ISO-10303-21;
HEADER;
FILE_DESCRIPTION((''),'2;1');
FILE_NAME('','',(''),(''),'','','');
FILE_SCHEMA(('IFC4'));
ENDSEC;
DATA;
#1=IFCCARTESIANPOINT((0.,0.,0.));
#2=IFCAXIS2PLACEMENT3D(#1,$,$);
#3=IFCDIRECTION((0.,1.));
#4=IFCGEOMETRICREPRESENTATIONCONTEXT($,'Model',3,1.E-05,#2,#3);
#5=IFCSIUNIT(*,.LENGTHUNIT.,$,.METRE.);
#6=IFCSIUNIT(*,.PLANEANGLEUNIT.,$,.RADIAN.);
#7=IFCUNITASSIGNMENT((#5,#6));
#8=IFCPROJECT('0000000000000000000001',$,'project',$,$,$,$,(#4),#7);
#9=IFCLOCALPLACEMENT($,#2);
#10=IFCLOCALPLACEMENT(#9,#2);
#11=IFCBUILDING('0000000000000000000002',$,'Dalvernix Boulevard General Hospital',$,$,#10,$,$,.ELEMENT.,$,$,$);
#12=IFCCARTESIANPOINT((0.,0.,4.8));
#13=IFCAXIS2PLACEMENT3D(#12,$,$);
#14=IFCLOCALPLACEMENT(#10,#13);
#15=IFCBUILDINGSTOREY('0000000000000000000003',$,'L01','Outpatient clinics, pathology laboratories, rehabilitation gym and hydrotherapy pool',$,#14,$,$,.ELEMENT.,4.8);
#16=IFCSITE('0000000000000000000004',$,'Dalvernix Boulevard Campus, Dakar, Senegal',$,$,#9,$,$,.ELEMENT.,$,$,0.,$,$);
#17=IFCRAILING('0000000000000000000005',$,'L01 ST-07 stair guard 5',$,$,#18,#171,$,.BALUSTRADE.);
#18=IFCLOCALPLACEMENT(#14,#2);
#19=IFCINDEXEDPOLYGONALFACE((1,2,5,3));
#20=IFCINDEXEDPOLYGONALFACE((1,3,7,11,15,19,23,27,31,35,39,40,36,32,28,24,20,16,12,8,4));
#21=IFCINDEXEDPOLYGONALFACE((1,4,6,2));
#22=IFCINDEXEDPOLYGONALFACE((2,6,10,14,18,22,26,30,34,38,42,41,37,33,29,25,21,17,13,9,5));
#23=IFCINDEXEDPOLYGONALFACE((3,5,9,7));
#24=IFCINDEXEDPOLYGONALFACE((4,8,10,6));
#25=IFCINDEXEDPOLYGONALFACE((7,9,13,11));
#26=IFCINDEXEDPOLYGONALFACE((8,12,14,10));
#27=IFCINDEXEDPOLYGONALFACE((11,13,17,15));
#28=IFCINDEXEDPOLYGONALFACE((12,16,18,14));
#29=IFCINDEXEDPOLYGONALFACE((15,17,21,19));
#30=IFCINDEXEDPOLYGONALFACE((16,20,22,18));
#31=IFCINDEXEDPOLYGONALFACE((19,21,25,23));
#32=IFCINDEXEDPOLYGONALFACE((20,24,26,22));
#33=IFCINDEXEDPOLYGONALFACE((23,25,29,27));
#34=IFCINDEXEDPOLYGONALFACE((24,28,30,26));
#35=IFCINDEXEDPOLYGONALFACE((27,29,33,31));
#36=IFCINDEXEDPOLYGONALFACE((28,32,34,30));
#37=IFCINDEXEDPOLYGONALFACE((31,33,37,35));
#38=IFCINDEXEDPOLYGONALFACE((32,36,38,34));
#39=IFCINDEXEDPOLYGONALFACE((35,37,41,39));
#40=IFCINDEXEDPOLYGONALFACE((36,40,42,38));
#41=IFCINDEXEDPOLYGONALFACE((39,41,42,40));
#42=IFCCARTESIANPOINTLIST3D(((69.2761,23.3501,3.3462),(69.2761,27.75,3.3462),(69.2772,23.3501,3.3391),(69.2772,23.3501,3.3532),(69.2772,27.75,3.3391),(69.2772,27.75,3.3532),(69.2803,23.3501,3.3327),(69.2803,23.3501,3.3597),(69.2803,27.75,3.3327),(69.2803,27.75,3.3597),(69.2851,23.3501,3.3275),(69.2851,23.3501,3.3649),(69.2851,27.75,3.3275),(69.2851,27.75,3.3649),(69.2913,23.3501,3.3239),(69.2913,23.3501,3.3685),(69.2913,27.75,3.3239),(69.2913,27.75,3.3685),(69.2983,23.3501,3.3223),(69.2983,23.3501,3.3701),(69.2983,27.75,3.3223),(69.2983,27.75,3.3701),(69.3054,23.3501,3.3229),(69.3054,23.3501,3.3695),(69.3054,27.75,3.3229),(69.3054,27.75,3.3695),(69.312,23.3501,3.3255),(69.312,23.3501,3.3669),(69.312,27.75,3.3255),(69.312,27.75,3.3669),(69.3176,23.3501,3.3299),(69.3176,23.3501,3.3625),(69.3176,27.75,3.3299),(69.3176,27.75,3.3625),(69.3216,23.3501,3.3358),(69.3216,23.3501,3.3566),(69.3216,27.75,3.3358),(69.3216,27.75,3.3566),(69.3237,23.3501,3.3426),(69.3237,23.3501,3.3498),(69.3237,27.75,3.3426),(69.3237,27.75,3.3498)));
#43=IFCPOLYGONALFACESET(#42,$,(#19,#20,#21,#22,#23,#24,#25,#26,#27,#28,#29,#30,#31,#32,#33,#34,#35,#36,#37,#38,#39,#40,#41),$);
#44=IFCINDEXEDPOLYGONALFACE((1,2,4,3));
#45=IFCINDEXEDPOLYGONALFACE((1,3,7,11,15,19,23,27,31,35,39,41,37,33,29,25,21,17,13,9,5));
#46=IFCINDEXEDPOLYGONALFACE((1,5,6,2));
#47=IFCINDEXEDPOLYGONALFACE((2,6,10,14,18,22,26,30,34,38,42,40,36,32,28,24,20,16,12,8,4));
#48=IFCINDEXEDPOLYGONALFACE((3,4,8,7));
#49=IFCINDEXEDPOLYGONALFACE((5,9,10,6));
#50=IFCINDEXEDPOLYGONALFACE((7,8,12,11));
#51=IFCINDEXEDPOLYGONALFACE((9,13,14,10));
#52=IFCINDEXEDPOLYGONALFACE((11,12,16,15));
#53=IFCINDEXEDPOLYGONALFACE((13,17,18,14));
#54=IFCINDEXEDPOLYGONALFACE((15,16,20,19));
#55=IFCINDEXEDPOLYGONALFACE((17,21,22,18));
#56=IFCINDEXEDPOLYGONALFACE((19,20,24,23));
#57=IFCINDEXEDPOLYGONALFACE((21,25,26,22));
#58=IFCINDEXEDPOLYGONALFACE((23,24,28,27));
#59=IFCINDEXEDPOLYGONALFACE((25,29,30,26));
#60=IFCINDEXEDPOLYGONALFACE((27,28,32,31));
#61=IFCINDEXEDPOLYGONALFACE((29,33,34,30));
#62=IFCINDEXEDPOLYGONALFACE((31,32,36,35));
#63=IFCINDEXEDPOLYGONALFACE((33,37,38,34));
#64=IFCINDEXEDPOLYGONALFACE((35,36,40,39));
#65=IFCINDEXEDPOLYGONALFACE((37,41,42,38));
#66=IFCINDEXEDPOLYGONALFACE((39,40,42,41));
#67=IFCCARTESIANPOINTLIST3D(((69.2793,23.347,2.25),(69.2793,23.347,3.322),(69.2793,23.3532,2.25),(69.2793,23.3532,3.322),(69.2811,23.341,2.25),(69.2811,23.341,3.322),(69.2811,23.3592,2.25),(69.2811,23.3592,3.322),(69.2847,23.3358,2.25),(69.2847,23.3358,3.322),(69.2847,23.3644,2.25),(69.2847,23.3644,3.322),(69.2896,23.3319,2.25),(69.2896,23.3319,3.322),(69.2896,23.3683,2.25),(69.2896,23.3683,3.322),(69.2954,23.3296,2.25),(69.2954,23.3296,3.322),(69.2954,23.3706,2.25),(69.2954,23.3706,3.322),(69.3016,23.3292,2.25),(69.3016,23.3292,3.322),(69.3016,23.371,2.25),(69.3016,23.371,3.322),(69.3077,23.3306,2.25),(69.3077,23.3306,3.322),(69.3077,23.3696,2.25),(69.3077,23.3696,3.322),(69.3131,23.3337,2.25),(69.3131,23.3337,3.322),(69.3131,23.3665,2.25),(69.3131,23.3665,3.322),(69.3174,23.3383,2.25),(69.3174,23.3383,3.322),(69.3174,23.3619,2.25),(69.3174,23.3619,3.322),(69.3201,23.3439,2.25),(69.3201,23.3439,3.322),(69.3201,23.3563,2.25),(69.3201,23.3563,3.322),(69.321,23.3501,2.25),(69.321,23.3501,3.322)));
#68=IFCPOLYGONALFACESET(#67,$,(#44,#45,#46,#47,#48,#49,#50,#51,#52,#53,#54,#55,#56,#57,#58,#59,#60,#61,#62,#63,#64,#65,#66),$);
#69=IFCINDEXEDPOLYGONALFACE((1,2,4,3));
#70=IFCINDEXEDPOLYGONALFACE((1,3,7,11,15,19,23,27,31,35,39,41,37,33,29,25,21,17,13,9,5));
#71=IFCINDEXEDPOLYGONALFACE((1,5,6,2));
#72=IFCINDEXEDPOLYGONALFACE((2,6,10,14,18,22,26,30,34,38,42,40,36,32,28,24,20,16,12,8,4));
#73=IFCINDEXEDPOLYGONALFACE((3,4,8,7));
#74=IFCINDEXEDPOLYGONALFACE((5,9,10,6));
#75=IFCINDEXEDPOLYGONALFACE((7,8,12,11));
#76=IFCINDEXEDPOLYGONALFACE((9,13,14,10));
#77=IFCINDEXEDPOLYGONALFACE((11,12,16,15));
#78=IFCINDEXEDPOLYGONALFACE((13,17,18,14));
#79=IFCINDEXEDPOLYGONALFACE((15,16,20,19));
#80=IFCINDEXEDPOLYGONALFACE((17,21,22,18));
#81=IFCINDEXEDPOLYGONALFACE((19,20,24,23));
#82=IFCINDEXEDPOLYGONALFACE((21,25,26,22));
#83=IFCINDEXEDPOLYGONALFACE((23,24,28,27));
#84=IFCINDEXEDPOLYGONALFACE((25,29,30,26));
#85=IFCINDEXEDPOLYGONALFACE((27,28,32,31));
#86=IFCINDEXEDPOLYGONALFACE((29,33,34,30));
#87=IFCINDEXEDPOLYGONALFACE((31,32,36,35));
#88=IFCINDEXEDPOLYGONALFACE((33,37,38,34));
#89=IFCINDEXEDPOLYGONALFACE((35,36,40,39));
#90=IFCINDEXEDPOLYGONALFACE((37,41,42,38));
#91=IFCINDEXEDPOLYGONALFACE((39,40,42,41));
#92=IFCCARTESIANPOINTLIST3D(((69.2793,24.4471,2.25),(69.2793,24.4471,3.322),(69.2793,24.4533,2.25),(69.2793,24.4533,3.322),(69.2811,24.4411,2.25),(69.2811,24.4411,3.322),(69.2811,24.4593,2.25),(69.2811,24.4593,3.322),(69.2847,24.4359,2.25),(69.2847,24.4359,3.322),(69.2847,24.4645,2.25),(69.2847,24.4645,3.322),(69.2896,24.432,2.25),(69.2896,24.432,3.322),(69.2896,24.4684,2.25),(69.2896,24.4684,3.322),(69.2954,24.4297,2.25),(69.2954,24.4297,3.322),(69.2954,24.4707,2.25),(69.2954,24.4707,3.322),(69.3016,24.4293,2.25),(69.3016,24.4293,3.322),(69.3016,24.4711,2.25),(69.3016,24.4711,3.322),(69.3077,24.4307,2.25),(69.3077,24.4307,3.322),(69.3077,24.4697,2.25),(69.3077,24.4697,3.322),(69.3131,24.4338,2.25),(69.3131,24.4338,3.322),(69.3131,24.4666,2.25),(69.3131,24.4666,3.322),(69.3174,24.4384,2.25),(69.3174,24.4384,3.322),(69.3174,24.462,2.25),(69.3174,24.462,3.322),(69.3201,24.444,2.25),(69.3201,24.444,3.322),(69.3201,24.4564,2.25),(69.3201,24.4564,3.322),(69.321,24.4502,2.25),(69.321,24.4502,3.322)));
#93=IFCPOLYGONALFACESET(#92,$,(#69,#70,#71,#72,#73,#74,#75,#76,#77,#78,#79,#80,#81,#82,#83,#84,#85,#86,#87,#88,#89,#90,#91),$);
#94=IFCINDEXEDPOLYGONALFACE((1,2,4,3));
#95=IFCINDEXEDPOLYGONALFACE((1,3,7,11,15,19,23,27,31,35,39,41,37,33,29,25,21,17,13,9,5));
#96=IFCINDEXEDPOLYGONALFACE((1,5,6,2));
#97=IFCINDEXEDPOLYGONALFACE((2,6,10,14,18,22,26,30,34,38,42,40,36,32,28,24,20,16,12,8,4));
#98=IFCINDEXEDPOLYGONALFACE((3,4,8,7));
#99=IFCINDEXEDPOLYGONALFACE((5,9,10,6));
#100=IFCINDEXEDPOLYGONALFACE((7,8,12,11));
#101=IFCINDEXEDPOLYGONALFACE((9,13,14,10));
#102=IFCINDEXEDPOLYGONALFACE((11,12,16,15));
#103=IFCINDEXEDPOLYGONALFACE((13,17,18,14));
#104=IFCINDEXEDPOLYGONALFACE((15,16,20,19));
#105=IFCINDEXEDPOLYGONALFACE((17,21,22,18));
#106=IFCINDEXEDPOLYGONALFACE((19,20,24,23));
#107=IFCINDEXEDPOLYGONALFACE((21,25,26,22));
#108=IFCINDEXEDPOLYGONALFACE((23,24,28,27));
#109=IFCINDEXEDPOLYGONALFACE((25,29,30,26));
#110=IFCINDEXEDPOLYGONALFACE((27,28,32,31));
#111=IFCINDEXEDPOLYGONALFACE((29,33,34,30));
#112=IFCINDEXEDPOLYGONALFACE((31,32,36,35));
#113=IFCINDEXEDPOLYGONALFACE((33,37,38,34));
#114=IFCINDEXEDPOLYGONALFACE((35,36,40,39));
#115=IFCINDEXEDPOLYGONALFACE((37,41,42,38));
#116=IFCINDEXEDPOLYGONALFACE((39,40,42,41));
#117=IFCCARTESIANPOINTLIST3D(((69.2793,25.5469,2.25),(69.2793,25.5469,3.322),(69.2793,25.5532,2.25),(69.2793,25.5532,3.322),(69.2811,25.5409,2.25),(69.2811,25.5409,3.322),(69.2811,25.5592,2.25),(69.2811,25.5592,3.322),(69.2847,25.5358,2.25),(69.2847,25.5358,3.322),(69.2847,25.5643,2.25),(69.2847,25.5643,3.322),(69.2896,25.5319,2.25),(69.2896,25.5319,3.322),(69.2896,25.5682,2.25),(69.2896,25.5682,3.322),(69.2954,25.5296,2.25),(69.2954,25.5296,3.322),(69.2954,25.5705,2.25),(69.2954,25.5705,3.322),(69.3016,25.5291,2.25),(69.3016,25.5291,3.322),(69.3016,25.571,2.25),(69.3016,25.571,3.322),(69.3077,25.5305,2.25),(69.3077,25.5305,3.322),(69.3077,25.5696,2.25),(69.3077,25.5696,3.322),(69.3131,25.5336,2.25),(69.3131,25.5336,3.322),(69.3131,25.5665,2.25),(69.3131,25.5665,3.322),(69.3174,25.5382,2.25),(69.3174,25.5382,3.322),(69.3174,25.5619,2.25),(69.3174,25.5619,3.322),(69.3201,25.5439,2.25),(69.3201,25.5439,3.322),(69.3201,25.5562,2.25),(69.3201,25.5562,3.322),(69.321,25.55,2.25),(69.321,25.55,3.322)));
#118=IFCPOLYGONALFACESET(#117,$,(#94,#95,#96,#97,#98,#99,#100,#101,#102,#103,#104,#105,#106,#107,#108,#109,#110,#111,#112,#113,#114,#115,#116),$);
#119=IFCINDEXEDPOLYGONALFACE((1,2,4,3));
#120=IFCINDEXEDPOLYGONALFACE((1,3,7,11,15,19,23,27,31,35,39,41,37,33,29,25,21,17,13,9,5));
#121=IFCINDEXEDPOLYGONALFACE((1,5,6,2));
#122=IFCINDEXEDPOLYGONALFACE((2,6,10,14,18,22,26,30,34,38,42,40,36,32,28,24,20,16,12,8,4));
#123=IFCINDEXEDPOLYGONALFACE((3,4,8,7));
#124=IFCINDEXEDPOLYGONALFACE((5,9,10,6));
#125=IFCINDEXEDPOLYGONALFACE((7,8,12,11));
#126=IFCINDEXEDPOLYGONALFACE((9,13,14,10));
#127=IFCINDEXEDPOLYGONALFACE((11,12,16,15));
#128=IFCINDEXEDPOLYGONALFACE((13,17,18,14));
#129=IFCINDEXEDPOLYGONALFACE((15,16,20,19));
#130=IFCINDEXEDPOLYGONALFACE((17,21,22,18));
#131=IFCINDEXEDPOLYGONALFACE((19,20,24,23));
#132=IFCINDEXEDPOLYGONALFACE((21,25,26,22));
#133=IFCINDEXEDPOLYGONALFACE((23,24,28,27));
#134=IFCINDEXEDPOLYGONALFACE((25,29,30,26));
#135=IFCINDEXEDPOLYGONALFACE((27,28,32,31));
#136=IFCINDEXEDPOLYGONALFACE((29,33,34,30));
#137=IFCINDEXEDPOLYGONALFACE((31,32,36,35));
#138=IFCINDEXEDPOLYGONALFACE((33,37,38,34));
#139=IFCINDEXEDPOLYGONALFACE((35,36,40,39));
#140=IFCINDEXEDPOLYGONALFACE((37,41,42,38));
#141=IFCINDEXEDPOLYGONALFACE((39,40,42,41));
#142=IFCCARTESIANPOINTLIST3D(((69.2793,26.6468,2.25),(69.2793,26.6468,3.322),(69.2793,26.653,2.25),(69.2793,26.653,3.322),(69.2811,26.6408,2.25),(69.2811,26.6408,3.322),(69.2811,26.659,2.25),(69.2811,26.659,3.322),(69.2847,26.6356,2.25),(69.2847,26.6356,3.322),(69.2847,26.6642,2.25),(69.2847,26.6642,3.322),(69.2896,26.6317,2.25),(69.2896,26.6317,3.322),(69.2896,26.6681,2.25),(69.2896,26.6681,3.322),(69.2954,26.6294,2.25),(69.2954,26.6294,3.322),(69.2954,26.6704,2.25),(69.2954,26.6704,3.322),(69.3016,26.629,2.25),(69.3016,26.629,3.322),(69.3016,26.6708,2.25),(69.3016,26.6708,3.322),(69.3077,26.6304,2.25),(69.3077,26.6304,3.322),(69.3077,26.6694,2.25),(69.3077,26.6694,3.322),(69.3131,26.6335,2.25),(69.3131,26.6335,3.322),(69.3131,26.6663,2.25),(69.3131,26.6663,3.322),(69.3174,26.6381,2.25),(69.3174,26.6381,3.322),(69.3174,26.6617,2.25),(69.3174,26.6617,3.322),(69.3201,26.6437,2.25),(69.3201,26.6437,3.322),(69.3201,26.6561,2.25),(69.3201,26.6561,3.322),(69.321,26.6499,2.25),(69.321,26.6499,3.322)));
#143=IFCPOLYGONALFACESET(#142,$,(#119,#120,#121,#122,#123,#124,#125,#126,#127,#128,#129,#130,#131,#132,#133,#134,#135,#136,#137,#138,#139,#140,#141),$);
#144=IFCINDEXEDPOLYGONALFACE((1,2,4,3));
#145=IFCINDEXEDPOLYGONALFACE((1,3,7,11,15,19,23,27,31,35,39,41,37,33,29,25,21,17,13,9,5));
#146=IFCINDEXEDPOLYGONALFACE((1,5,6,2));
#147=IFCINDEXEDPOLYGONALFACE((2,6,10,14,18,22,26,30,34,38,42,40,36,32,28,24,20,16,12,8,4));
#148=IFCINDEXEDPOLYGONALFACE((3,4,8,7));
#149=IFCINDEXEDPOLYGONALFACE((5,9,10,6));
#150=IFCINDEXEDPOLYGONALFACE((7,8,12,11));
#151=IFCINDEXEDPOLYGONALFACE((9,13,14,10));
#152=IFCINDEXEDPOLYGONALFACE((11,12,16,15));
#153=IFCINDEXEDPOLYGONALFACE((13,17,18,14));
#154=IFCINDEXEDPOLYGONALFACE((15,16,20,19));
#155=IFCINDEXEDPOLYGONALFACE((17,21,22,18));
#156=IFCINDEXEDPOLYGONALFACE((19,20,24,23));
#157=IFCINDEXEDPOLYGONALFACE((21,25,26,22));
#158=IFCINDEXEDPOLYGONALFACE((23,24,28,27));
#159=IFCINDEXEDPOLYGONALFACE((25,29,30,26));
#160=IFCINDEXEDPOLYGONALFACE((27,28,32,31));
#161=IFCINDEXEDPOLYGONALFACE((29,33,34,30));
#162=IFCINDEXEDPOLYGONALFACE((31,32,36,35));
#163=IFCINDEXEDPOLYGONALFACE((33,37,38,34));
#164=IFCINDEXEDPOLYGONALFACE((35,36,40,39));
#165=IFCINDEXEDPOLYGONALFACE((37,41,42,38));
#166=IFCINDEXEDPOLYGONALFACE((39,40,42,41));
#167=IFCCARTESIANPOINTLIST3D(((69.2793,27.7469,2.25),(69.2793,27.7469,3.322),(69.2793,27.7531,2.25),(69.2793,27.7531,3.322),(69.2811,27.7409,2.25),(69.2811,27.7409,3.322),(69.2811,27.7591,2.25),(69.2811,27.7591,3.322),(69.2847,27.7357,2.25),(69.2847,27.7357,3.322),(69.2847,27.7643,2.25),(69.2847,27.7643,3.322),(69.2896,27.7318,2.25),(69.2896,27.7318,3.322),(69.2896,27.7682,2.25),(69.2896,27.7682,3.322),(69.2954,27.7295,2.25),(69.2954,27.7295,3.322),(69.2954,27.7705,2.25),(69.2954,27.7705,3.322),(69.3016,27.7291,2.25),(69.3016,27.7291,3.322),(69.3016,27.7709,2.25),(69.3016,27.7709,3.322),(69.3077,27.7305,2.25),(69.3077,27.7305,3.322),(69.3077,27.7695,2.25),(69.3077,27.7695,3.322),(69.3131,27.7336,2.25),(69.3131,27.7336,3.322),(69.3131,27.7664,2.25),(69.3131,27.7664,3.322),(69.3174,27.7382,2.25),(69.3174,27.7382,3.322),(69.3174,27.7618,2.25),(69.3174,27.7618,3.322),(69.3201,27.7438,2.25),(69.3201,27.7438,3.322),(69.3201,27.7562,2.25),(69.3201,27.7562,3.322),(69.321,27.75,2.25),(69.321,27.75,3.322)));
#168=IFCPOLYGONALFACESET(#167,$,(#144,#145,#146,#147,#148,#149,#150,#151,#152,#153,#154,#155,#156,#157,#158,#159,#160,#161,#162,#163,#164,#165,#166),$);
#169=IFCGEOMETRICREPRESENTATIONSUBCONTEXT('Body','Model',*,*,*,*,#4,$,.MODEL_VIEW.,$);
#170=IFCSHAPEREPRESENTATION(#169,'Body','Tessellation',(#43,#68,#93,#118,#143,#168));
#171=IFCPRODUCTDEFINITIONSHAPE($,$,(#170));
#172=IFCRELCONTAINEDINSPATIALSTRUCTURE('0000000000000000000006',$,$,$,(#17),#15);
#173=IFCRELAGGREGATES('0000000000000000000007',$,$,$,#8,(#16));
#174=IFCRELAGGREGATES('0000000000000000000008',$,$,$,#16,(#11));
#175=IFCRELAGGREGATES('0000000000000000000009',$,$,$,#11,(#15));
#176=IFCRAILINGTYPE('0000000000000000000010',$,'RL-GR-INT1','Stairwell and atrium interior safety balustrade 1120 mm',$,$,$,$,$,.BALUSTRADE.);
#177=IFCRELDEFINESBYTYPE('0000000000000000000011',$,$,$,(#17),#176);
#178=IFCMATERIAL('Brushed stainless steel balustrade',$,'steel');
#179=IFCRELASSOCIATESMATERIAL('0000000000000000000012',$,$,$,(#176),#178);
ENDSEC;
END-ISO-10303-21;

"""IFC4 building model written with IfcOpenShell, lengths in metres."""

from ifc_helpers import new_model, si_unit, direction, frame, origin, origin_2d, place, context, subcontext, project, spatial, circle, extrude, material, type_object, element, save


model = new_model("IFC4")

# Units and contexts
model_context = context("Model", 3, precision=1e-05, world=origin(), true_north=direction((0.0, 1.0)))
body_context = subcontext(model_context, "Body", "Model", "MODEL_VIEW")
ifc_project = project(units=[si_unit("LENGTHUNIT", "METRE"), si_unit("PLANEANGLEUNIT", "RADIAN")], contexts=[model_context])

# Site, building, storey
site_placement = place(None, origin())
site = spatial("IfcSite", under=ifc_project, at=site_placement, Name="Dalvernix Boulevard Campus, Dakar, Senegal", CompositionType="ELEMENT", RefElevation=0.0)
building_placement = place(site_placement, origin())
building = spatial("IfcBuilding", under=site, at=building_placement, Name="Dalvernix Boulevard General Hospital", CompositionType="ELEMENT")
storey_placement = place(building_placement, frame((0.0, 0.0, 4.8)))
storey = spatial("IfcBuildingStorey", under=building, at=storey_placement, Name="L01", Description="Outpatient clinics, pathology laboratories, rehabilitation gym and hydrotherapy pool", CompositionType="ELEMENT", Elevation=4.8)

# Railing
ifc_material_1 = material(Name="Brushed stainless steel balustrade", Category="steel")
railing_type_1 = type_object("IfcRailingType", Name="RL-GR-INT1", Description="Stairwell and atrium interior safety balustrade 1120 mm", PredefinedType="BALUSTRADE", material=ifc_material_1)
railing_1_placement = place(storey_placement, frame((69.3, 23.3501, 2.25)))
element("IfcRailing", 1, at=railing_1_placement, inside=storey, type_object=railing_type_1, Name="L01 ST-07 stair guard 5", PredefinedType="BALUSTRADE", context=body_context, shape_type="SweptSolid", body=[
    extrude(circle(Radius=0.0239, at=origin_2d()), frame((0.0, 0.0, 1.0962), z_axis=(0.0, 1.0, 0.0), x_axis=(-1.0, 0.0, 0.0)), (0.0, 0.0, 1.0), 4.3999),
    extrude(circle(Radius=0.021, at=origin_2d()), origin(), (0.0, 0.0, 1.0), 1.072),
    extrude(circle(Radius=0.021, at=origin_2d()), frame((0.0, 1.1001, 0.0)), (0.0, 0.0, 1.0), 1.072),
    extrude(circle(Radius=0.021, at=origin_2d()), frame((0.0, 2.2, 0.0)), (0.0, 0.0, 1.0), 1.072),
    extrude(circle(Radius=0.021, at=origin_2d()), frame((0.0, 3.2998, 0.0)), (0.0, 0.0, 1.0), 1.072),
    extrude(circle(Radius=0.021, at=origin_2d()), frame((0.0, 4.3999, 0.0)), (0.0, 0.0, 1.0), 1.072),
])

save(model, "model.ifc")
